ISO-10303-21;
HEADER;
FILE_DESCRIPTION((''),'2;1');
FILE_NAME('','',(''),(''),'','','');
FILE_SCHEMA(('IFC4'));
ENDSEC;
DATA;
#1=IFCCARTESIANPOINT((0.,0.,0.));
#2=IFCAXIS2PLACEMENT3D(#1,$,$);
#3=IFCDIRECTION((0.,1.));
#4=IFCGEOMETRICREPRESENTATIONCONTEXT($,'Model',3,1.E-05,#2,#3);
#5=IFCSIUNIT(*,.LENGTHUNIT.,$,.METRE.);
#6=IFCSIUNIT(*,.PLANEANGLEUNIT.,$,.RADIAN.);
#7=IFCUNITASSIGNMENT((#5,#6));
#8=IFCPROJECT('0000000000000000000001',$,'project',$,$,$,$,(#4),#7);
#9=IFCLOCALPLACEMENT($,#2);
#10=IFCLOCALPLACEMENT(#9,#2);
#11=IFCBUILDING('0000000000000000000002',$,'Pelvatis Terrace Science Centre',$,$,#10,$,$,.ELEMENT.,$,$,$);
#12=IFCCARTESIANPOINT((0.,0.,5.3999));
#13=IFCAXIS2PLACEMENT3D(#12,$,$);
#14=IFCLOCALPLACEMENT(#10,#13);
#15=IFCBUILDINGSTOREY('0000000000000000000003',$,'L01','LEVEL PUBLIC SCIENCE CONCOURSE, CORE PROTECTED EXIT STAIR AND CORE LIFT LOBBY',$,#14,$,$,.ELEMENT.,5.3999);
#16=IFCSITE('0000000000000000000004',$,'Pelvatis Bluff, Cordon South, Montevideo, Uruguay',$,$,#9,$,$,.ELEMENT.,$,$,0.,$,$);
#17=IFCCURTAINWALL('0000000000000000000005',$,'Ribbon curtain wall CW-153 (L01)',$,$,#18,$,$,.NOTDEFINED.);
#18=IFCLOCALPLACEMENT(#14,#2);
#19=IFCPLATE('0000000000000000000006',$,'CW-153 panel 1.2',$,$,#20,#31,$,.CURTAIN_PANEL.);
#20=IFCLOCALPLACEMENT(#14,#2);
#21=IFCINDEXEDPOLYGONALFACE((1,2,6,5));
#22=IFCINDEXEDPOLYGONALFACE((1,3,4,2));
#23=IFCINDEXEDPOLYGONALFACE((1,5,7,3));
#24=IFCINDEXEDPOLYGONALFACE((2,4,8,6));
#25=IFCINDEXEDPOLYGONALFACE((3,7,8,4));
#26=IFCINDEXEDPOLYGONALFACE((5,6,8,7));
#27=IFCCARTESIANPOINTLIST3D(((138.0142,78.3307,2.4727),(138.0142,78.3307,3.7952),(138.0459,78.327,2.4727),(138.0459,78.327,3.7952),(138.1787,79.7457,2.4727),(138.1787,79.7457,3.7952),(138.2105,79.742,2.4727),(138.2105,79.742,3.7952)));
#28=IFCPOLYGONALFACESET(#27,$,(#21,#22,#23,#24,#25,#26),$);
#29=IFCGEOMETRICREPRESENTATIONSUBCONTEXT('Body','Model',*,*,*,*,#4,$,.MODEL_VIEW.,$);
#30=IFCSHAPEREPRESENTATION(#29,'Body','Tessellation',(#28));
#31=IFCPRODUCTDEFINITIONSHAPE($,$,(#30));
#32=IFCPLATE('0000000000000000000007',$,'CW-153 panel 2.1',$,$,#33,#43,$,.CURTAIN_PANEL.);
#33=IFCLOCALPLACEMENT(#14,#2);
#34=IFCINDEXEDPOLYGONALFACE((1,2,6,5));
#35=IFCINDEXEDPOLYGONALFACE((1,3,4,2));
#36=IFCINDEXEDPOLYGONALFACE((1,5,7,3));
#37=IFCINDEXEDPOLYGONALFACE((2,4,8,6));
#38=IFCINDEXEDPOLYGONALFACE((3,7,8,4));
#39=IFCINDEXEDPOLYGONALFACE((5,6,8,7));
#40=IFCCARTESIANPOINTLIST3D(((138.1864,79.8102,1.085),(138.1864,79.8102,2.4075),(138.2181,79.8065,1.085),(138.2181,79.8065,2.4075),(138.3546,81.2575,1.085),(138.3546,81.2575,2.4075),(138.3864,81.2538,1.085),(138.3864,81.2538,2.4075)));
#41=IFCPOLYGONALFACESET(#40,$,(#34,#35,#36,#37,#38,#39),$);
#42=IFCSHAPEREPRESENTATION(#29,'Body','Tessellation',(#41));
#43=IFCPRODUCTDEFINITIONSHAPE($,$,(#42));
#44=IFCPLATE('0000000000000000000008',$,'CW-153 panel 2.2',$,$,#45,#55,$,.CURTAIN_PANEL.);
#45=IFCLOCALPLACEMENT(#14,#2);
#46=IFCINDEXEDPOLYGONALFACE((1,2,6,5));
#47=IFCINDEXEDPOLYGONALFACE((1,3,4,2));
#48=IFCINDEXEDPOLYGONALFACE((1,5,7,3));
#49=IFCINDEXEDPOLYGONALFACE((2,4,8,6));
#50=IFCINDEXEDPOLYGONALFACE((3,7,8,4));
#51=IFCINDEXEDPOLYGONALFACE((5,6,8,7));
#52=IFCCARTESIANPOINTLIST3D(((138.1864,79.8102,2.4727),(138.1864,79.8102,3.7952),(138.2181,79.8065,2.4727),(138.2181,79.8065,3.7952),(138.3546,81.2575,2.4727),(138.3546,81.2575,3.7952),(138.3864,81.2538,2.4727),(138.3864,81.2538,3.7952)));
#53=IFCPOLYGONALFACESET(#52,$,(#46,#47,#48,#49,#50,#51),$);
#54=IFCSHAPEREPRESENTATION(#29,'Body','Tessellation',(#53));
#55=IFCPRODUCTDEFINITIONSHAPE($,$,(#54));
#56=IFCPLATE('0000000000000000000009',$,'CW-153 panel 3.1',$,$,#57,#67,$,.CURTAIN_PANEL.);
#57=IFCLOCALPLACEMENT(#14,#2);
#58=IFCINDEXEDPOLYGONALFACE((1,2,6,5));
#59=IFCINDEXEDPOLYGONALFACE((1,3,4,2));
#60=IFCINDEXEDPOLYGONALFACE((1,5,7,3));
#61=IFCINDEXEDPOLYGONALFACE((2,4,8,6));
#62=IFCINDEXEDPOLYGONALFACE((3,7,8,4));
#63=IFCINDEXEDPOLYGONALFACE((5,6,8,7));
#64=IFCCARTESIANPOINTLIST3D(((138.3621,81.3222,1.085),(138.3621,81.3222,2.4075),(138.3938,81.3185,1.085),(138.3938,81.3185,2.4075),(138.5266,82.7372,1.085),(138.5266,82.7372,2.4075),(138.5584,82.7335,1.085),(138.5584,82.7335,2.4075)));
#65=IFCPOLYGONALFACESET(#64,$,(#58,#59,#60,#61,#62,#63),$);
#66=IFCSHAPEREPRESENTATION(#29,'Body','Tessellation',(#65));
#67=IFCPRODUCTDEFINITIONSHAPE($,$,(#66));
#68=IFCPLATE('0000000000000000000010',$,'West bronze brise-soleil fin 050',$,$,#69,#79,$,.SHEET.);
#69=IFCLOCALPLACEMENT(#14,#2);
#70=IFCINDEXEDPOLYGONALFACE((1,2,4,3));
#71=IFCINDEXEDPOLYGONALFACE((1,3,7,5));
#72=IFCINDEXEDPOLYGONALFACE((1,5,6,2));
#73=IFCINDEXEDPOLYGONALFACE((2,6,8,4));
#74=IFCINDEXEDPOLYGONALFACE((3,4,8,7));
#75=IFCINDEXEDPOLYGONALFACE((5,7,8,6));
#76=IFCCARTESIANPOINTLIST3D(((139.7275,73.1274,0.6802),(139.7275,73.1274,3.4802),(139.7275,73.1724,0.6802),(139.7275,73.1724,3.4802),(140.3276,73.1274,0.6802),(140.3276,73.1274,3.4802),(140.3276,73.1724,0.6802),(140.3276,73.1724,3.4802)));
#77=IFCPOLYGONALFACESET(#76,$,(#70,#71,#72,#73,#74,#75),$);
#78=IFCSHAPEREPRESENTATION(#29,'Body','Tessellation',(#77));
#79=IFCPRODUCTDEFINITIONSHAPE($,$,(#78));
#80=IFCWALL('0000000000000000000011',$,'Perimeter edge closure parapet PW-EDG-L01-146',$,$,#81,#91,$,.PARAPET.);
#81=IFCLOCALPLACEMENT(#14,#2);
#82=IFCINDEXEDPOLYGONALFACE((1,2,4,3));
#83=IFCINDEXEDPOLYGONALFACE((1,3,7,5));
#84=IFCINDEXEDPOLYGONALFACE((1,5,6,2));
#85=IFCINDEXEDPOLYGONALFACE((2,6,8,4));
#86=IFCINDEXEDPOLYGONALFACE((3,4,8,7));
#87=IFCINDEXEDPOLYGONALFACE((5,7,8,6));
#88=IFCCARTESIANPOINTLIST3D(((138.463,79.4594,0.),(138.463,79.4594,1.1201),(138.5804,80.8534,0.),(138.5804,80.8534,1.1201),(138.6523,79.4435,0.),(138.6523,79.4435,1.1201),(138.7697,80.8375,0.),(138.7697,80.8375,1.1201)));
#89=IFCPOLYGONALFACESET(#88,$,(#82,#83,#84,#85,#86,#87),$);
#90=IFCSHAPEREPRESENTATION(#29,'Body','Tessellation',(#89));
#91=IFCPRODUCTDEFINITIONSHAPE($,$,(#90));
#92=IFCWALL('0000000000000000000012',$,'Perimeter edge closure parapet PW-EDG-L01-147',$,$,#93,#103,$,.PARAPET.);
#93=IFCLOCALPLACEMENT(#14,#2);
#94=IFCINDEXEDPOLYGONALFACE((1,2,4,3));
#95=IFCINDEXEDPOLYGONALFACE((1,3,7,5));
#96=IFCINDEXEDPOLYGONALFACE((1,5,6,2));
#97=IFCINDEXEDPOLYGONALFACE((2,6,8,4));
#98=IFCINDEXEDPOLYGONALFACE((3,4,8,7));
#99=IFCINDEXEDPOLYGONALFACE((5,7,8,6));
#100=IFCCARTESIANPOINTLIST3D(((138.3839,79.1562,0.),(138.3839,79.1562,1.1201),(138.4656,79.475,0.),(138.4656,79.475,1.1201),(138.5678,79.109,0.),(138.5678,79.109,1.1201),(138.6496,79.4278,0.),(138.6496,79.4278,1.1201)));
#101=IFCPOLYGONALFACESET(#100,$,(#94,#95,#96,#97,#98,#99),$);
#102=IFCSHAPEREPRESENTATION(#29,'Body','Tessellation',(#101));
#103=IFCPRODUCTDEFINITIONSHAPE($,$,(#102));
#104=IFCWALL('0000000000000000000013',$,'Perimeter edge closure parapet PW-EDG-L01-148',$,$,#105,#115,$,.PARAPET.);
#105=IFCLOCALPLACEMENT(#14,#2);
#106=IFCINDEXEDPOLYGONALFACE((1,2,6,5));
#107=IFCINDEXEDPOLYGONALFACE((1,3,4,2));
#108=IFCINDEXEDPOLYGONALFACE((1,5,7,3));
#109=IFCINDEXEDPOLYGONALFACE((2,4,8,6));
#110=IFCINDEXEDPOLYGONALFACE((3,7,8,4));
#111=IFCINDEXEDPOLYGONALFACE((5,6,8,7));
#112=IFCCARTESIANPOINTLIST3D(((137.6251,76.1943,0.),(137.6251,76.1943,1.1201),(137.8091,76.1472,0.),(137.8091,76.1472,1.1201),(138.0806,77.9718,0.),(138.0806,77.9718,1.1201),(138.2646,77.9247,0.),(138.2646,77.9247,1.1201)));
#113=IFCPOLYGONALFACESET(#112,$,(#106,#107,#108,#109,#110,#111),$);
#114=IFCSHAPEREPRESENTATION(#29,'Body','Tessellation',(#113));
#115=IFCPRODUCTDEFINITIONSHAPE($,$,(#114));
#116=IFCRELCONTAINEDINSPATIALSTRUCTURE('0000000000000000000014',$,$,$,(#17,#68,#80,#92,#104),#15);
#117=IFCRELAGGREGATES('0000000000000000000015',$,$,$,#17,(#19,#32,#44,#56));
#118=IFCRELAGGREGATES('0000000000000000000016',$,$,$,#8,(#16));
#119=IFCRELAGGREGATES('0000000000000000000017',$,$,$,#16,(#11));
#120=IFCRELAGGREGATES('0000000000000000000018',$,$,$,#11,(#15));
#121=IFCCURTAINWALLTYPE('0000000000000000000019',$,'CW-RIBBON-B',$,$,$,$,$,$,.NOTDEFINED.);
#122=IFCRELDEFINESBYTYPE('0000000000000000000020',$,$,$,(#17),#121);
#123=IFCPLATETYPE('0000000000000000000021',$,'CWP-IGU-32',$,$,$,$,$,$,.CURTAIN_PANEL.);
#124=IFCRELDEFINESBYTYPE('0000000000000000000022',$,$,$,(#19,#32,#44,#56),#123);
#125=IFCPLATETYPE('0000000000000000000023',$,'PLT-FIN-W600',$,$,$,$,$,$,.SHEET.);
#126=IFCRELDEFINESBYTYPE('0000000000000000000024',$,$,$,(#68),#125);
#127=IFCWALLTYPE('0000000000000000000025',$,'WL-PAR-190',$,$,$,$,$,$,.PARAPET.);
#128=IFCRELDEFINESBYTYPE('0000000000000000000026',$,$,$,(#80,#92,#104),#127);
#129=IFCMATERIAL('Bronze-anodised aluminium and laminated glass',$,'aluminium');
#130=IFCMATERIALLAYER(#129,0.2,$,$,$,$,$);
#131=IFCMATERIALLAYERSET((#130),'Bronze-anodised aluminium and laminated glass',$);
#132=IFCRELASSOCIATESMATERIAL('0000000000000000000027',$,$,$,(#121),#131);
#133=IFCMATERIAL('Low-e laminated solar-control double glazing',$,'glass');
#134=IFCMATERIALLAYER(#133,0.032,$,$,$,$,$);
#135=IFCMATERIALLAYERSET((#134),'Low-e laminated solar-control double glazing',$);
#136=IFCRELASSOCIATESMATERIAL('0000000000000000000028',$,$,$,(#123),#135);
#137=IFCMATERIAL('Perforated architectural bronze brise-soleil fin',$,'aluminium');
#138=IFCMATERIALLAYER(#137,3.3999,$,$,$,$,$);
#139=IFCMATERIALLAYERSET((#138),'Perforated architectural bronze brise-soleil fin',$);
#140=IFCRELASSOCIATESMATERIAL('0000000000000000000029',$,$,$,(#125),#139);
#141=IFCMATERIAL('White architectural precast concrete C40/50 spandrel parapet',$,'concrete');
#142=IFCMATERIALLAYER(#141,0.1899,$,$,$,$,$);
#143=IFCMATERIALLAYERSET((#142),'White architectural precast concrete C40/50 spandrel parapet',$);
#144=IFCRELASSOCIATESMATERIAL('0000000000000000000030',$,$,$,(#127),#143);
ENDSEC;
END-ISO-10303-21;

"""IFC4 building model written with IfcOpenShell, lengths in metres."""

from ifc_helpers import new_model, si_unit, direction, frame, frame_2d, origin, origin_2d, place, context, subcontext, project, spatial, rectangle, extrude, material, layer, layer_set, type_object, element, aggregate, save


model = new_model("IFC4")

# Units and contexts
model_context = context("Model", 3, precision=1e-05, world=origin(), true_north=direction((0.0, 1.0)))
body_context = subcontext(model_context, "Body", "Model", "MODEL_VIEW")
ifc_project = project(units=[si_unit("LENGTHUNIT", "METRE"), si_unit("PLANEANGLEUNIT", "RADIAN")], contexts=[model_context])

# Site, building, storey
site_placement = place(None, origin())
site = spatial("IfcSite", under=ifc_project, at=site_placement, Name="Pelvatis Bluff, Cordon South, Montevideo, Uruguay", CompositionType="ELEMENT", RefElevation=0.0)
building_placement = place(site_placement, origin())
building = spatial("IfcBuilding", under=site, at=building_placement, Name="Pelvatis Terrace Science Centre", CompositionType="ELEMENT")
storey_placement = place(building_placement, frame((0.0, 0.0, 5.3999)))
storey = spatial("IfcBuildingStorey", under=building, at=storey_placement, Name="L01", Description="LEVEL PUBLIC SCIENCE CONCOURSE, CORE PROTECTED EXIT STAIR AND CORE LIFT LOBBY", CompositionType="ELEMENT", Elevation=5.3999)

# Curtain wall, plates
ifc_material_1 = material(Name="Bronze-anodised aluminium and laminated glass", Category="aluminium")
ifc_layer_1 = layer(ifc_material_1, 0.2)
ifc_layer_set_1 = layer_set([ifc_layer_1], Name="Bronze-anodised aluminium and laminated glass")
curtain_wall_type = type_object("IfcCurtainWallType", Name="CW-RIBBON-B", PredefinedType="NOTDEFINED", material=ifc_layer_set_1)
curtain_wall_placement = place(storey_placement, origin())
curtain_wall = element("IfcCurtainWall", 1, at=curtain_wall_placement, inside=storey, type_object=curtain_wall_type, Name="Ribbon curtain wall CW-153 (L01)", PredefinedType="NOTDEFINED")
ifc_material_2 = material(Name="Low-e laminated solar-control double glazing", Category="glass")
ifc_layer_2 = layer(ifc_material_2, 0.032)
ifc_layer_set_2 = layer_set([ifc_layer_2], Name="Low-e laminated solar-control double glazing")
plate_type_1 = type_object("IfcPlateType", Name="CWP-IGU-32", PredefinedType="CURTAIN_PANEL", material=ifc_layer_set_2)
plate_1_placement = place(storey_placement, frame((138.1123, 79.0364, 2.4727), z_axis=(0.0, 0.0, 1.0), x_axis=(0.115497, 0.993308, 0.0)))
plate_1 = element("IfcPlate", 2, at=plate_1_placement, type_object=plate_type_1, Name="CW-153 panel 1.2", PredefinedType="CURTAIN_PANEL", context=body_context, shape_type="SweptSolid", body=[
    extrude(rectangle(XDim=1.4246, YDim=0.032, at=origin_2d()), origin(), (0.0, 0.0, 1.0), 1.3225),
])
plate_2_placement = place(storey_placement, frame((138.2864, 80.532, 1.085), z_axis=(0.0, 0.0, 1.0), x_axis=(0.115497, 0.993308, 0.0)))
plate_2 = element("IfcPlate", 3, at=plate_2_placement, type_object=plate_type_1, Name="CW-153 panel 2.1", PredefinedType="CURTAIN_PANEL", context=body_context, shape_type="SweptSolid", body=[
    extrude(rectangle(XDim=1.457, YDim=0.032, at=origin_2d()), origin(), (0.0, 0.0, 1.0), 1.3225),
])
plate_3_placement = place(storey_placement, frame((138.2864, 80.532, 2.4727), z_axis=(0.0, 0.0, 1.0), x_axis=(0.115497, 0.993308, 0.0)))
plate_3 = element("IfcPlate", 4, at=plate_3_placement, type_object=plate_type_1, Name="CW-153 panel 2.2", PredefinedType="CURTAIN_PANEL", context=body_context, shape_type="SweptSolid", body=[
    extrude(rectangle(XDim=1.457, YDim=0.032, at=origin_2d()), origin(), (0.0, 0.0, 1.0), 1.3225),
])
plate_4_placement = place(storey_placement, frame((138.4602, 82.0278, 1.085), z_axis=(0.0, 0.0, 1.0), x_axis=(0.115497, 0.993308, 0.0)))
plate_4 = element("IfcPlate", 5, at=plate_4_placement, type_object=plate_type_1, Name="CW-153 panel 3.1", PredefinedType="CURTAIN_PANEL", context=body_context, shape_type="SweptSolid", body=[
    extrude(rectangle(XDim=1.4246, YDim=0.032, at=origin_2d()), origin(), (0.0, 0.0, 1.0), 1.3225),
])
aggregate(curtain_wall, [plate_1, plate_2, plate_3, plate_4])

# Plate
ifc_material_3 = material(Name="Perforated architectural bronze brise-soleil fin", Category="aluminium")
ifc_layer_3 = layer(ifc_material_3, 3.3999)
ifc_layer_set_3 = layer_set([ifc_layer_3], Name="Perforated architectural bronze brise-soleil fin")
plate_type_2 = type_object("IfcPlateType", Name="PLT-FIN-W600", PredefinedType="SHEET", material=ifc_layer_set_3)
plate_5_placement = place(storey_placement, frame((140.0276, 73.1499, 0.6802), z_axis=(0.0, 0.0, 1.0), x_axis=(1.0, 0.0, 0.0)))
element("IfcPlate", 6, at=plate_5_placement, inside=storey, type_object=plate_type_2, Name="West bronze brise-soleil fin 050", PredefinedType="SHEET", context=body_context, shape_type="SweptSolid", body=[
    extrude(rectangle(XDim=0.6001, YDim=0.0449, at=origin_2d()), origin(), (0.0, 0.0, 1.0), 2.8),
])

# Walls
ifc_material_4 = material(Name="White architectural precast concrete C40/50 spandrel parapet", Category="concrete")
ifc_layer_4 = layer(ifc_material_4, 0.1899)
ifc_layer_set_4 = layer_set([ifc_layer_4], Name="White architectural precast concrete C40/50 spandrel parapet")
wall_type = type_object("IfcWallType", Name="WL-PAR-190", PredefinedType="PARAPET", material=ifc_layer_set_4)
wall_1_placement = place(storey_placement, frame((138.675, 80.8455, 0.0), z_axis=(0.0, 0.0, 1.0), x_axis=(-0.083941, -0.996471, 0.0)))
element("IfcWall", 7, at=wall_1_placement, inside=storey, type_object=wall_type, Name="Perimeter edge closure parapet PW-EDG-L01-146", PredefinedType="PARAPET", context=body_context, shape_type="SweptSolid", body=[
    extrude(rectangle(XDim=1.3989, YDim=0.1899, at=frame_2d((0.6995, 0.0))), origin(), (0.0, 0.0, 1.0), 1.1201),
])
wall_2_placement = place(storey_placement, frame((138.5576, 79.4514, 0.0), z_axis=(0.0, 0.0, 1.0), x_axis=(-0.248465, -0.968641, 0.0)))
element("IfcWall", 8, at=wall_2_placement, inside=storey, type_object=wall_type, Name="Perimeter edge closure parapet PW-EDG-L01-147", PredefinedType="PARAPET", context=body_context, shape_type="SweptSolid", body=[
    extrude(rectangle(XDim=0.3291, YDim=0.1899, at=frame_2d((0.1646, 0.0))), origin(), (0.0, 0.0, 1.0), 1.1201),
])
wall_3_placement = place(storey_placement, frame((138.1726, 77.9482, 0.0), z_axis=(0.0, 0.0, 1.0), x_axis=(-0.24826, -0.968693, 0.0)))
element("IfcWall", 9, at=wall_3_placement, inside=storey, type_object=wall_type, Name="Perimeter edge closure parapet PW-EDG-L01-148", PredefinedType="PARAPET", context=body_context, shape_type="SweptSolid", body=[
    extrude(rectangle(XDim=1.835, YDim=0.1899, at=frame_2d((0.9175, 0.0))), origin(), (0.0, 0.0, 1.0), 1.1201),
])

save(model, "model.ifc")
